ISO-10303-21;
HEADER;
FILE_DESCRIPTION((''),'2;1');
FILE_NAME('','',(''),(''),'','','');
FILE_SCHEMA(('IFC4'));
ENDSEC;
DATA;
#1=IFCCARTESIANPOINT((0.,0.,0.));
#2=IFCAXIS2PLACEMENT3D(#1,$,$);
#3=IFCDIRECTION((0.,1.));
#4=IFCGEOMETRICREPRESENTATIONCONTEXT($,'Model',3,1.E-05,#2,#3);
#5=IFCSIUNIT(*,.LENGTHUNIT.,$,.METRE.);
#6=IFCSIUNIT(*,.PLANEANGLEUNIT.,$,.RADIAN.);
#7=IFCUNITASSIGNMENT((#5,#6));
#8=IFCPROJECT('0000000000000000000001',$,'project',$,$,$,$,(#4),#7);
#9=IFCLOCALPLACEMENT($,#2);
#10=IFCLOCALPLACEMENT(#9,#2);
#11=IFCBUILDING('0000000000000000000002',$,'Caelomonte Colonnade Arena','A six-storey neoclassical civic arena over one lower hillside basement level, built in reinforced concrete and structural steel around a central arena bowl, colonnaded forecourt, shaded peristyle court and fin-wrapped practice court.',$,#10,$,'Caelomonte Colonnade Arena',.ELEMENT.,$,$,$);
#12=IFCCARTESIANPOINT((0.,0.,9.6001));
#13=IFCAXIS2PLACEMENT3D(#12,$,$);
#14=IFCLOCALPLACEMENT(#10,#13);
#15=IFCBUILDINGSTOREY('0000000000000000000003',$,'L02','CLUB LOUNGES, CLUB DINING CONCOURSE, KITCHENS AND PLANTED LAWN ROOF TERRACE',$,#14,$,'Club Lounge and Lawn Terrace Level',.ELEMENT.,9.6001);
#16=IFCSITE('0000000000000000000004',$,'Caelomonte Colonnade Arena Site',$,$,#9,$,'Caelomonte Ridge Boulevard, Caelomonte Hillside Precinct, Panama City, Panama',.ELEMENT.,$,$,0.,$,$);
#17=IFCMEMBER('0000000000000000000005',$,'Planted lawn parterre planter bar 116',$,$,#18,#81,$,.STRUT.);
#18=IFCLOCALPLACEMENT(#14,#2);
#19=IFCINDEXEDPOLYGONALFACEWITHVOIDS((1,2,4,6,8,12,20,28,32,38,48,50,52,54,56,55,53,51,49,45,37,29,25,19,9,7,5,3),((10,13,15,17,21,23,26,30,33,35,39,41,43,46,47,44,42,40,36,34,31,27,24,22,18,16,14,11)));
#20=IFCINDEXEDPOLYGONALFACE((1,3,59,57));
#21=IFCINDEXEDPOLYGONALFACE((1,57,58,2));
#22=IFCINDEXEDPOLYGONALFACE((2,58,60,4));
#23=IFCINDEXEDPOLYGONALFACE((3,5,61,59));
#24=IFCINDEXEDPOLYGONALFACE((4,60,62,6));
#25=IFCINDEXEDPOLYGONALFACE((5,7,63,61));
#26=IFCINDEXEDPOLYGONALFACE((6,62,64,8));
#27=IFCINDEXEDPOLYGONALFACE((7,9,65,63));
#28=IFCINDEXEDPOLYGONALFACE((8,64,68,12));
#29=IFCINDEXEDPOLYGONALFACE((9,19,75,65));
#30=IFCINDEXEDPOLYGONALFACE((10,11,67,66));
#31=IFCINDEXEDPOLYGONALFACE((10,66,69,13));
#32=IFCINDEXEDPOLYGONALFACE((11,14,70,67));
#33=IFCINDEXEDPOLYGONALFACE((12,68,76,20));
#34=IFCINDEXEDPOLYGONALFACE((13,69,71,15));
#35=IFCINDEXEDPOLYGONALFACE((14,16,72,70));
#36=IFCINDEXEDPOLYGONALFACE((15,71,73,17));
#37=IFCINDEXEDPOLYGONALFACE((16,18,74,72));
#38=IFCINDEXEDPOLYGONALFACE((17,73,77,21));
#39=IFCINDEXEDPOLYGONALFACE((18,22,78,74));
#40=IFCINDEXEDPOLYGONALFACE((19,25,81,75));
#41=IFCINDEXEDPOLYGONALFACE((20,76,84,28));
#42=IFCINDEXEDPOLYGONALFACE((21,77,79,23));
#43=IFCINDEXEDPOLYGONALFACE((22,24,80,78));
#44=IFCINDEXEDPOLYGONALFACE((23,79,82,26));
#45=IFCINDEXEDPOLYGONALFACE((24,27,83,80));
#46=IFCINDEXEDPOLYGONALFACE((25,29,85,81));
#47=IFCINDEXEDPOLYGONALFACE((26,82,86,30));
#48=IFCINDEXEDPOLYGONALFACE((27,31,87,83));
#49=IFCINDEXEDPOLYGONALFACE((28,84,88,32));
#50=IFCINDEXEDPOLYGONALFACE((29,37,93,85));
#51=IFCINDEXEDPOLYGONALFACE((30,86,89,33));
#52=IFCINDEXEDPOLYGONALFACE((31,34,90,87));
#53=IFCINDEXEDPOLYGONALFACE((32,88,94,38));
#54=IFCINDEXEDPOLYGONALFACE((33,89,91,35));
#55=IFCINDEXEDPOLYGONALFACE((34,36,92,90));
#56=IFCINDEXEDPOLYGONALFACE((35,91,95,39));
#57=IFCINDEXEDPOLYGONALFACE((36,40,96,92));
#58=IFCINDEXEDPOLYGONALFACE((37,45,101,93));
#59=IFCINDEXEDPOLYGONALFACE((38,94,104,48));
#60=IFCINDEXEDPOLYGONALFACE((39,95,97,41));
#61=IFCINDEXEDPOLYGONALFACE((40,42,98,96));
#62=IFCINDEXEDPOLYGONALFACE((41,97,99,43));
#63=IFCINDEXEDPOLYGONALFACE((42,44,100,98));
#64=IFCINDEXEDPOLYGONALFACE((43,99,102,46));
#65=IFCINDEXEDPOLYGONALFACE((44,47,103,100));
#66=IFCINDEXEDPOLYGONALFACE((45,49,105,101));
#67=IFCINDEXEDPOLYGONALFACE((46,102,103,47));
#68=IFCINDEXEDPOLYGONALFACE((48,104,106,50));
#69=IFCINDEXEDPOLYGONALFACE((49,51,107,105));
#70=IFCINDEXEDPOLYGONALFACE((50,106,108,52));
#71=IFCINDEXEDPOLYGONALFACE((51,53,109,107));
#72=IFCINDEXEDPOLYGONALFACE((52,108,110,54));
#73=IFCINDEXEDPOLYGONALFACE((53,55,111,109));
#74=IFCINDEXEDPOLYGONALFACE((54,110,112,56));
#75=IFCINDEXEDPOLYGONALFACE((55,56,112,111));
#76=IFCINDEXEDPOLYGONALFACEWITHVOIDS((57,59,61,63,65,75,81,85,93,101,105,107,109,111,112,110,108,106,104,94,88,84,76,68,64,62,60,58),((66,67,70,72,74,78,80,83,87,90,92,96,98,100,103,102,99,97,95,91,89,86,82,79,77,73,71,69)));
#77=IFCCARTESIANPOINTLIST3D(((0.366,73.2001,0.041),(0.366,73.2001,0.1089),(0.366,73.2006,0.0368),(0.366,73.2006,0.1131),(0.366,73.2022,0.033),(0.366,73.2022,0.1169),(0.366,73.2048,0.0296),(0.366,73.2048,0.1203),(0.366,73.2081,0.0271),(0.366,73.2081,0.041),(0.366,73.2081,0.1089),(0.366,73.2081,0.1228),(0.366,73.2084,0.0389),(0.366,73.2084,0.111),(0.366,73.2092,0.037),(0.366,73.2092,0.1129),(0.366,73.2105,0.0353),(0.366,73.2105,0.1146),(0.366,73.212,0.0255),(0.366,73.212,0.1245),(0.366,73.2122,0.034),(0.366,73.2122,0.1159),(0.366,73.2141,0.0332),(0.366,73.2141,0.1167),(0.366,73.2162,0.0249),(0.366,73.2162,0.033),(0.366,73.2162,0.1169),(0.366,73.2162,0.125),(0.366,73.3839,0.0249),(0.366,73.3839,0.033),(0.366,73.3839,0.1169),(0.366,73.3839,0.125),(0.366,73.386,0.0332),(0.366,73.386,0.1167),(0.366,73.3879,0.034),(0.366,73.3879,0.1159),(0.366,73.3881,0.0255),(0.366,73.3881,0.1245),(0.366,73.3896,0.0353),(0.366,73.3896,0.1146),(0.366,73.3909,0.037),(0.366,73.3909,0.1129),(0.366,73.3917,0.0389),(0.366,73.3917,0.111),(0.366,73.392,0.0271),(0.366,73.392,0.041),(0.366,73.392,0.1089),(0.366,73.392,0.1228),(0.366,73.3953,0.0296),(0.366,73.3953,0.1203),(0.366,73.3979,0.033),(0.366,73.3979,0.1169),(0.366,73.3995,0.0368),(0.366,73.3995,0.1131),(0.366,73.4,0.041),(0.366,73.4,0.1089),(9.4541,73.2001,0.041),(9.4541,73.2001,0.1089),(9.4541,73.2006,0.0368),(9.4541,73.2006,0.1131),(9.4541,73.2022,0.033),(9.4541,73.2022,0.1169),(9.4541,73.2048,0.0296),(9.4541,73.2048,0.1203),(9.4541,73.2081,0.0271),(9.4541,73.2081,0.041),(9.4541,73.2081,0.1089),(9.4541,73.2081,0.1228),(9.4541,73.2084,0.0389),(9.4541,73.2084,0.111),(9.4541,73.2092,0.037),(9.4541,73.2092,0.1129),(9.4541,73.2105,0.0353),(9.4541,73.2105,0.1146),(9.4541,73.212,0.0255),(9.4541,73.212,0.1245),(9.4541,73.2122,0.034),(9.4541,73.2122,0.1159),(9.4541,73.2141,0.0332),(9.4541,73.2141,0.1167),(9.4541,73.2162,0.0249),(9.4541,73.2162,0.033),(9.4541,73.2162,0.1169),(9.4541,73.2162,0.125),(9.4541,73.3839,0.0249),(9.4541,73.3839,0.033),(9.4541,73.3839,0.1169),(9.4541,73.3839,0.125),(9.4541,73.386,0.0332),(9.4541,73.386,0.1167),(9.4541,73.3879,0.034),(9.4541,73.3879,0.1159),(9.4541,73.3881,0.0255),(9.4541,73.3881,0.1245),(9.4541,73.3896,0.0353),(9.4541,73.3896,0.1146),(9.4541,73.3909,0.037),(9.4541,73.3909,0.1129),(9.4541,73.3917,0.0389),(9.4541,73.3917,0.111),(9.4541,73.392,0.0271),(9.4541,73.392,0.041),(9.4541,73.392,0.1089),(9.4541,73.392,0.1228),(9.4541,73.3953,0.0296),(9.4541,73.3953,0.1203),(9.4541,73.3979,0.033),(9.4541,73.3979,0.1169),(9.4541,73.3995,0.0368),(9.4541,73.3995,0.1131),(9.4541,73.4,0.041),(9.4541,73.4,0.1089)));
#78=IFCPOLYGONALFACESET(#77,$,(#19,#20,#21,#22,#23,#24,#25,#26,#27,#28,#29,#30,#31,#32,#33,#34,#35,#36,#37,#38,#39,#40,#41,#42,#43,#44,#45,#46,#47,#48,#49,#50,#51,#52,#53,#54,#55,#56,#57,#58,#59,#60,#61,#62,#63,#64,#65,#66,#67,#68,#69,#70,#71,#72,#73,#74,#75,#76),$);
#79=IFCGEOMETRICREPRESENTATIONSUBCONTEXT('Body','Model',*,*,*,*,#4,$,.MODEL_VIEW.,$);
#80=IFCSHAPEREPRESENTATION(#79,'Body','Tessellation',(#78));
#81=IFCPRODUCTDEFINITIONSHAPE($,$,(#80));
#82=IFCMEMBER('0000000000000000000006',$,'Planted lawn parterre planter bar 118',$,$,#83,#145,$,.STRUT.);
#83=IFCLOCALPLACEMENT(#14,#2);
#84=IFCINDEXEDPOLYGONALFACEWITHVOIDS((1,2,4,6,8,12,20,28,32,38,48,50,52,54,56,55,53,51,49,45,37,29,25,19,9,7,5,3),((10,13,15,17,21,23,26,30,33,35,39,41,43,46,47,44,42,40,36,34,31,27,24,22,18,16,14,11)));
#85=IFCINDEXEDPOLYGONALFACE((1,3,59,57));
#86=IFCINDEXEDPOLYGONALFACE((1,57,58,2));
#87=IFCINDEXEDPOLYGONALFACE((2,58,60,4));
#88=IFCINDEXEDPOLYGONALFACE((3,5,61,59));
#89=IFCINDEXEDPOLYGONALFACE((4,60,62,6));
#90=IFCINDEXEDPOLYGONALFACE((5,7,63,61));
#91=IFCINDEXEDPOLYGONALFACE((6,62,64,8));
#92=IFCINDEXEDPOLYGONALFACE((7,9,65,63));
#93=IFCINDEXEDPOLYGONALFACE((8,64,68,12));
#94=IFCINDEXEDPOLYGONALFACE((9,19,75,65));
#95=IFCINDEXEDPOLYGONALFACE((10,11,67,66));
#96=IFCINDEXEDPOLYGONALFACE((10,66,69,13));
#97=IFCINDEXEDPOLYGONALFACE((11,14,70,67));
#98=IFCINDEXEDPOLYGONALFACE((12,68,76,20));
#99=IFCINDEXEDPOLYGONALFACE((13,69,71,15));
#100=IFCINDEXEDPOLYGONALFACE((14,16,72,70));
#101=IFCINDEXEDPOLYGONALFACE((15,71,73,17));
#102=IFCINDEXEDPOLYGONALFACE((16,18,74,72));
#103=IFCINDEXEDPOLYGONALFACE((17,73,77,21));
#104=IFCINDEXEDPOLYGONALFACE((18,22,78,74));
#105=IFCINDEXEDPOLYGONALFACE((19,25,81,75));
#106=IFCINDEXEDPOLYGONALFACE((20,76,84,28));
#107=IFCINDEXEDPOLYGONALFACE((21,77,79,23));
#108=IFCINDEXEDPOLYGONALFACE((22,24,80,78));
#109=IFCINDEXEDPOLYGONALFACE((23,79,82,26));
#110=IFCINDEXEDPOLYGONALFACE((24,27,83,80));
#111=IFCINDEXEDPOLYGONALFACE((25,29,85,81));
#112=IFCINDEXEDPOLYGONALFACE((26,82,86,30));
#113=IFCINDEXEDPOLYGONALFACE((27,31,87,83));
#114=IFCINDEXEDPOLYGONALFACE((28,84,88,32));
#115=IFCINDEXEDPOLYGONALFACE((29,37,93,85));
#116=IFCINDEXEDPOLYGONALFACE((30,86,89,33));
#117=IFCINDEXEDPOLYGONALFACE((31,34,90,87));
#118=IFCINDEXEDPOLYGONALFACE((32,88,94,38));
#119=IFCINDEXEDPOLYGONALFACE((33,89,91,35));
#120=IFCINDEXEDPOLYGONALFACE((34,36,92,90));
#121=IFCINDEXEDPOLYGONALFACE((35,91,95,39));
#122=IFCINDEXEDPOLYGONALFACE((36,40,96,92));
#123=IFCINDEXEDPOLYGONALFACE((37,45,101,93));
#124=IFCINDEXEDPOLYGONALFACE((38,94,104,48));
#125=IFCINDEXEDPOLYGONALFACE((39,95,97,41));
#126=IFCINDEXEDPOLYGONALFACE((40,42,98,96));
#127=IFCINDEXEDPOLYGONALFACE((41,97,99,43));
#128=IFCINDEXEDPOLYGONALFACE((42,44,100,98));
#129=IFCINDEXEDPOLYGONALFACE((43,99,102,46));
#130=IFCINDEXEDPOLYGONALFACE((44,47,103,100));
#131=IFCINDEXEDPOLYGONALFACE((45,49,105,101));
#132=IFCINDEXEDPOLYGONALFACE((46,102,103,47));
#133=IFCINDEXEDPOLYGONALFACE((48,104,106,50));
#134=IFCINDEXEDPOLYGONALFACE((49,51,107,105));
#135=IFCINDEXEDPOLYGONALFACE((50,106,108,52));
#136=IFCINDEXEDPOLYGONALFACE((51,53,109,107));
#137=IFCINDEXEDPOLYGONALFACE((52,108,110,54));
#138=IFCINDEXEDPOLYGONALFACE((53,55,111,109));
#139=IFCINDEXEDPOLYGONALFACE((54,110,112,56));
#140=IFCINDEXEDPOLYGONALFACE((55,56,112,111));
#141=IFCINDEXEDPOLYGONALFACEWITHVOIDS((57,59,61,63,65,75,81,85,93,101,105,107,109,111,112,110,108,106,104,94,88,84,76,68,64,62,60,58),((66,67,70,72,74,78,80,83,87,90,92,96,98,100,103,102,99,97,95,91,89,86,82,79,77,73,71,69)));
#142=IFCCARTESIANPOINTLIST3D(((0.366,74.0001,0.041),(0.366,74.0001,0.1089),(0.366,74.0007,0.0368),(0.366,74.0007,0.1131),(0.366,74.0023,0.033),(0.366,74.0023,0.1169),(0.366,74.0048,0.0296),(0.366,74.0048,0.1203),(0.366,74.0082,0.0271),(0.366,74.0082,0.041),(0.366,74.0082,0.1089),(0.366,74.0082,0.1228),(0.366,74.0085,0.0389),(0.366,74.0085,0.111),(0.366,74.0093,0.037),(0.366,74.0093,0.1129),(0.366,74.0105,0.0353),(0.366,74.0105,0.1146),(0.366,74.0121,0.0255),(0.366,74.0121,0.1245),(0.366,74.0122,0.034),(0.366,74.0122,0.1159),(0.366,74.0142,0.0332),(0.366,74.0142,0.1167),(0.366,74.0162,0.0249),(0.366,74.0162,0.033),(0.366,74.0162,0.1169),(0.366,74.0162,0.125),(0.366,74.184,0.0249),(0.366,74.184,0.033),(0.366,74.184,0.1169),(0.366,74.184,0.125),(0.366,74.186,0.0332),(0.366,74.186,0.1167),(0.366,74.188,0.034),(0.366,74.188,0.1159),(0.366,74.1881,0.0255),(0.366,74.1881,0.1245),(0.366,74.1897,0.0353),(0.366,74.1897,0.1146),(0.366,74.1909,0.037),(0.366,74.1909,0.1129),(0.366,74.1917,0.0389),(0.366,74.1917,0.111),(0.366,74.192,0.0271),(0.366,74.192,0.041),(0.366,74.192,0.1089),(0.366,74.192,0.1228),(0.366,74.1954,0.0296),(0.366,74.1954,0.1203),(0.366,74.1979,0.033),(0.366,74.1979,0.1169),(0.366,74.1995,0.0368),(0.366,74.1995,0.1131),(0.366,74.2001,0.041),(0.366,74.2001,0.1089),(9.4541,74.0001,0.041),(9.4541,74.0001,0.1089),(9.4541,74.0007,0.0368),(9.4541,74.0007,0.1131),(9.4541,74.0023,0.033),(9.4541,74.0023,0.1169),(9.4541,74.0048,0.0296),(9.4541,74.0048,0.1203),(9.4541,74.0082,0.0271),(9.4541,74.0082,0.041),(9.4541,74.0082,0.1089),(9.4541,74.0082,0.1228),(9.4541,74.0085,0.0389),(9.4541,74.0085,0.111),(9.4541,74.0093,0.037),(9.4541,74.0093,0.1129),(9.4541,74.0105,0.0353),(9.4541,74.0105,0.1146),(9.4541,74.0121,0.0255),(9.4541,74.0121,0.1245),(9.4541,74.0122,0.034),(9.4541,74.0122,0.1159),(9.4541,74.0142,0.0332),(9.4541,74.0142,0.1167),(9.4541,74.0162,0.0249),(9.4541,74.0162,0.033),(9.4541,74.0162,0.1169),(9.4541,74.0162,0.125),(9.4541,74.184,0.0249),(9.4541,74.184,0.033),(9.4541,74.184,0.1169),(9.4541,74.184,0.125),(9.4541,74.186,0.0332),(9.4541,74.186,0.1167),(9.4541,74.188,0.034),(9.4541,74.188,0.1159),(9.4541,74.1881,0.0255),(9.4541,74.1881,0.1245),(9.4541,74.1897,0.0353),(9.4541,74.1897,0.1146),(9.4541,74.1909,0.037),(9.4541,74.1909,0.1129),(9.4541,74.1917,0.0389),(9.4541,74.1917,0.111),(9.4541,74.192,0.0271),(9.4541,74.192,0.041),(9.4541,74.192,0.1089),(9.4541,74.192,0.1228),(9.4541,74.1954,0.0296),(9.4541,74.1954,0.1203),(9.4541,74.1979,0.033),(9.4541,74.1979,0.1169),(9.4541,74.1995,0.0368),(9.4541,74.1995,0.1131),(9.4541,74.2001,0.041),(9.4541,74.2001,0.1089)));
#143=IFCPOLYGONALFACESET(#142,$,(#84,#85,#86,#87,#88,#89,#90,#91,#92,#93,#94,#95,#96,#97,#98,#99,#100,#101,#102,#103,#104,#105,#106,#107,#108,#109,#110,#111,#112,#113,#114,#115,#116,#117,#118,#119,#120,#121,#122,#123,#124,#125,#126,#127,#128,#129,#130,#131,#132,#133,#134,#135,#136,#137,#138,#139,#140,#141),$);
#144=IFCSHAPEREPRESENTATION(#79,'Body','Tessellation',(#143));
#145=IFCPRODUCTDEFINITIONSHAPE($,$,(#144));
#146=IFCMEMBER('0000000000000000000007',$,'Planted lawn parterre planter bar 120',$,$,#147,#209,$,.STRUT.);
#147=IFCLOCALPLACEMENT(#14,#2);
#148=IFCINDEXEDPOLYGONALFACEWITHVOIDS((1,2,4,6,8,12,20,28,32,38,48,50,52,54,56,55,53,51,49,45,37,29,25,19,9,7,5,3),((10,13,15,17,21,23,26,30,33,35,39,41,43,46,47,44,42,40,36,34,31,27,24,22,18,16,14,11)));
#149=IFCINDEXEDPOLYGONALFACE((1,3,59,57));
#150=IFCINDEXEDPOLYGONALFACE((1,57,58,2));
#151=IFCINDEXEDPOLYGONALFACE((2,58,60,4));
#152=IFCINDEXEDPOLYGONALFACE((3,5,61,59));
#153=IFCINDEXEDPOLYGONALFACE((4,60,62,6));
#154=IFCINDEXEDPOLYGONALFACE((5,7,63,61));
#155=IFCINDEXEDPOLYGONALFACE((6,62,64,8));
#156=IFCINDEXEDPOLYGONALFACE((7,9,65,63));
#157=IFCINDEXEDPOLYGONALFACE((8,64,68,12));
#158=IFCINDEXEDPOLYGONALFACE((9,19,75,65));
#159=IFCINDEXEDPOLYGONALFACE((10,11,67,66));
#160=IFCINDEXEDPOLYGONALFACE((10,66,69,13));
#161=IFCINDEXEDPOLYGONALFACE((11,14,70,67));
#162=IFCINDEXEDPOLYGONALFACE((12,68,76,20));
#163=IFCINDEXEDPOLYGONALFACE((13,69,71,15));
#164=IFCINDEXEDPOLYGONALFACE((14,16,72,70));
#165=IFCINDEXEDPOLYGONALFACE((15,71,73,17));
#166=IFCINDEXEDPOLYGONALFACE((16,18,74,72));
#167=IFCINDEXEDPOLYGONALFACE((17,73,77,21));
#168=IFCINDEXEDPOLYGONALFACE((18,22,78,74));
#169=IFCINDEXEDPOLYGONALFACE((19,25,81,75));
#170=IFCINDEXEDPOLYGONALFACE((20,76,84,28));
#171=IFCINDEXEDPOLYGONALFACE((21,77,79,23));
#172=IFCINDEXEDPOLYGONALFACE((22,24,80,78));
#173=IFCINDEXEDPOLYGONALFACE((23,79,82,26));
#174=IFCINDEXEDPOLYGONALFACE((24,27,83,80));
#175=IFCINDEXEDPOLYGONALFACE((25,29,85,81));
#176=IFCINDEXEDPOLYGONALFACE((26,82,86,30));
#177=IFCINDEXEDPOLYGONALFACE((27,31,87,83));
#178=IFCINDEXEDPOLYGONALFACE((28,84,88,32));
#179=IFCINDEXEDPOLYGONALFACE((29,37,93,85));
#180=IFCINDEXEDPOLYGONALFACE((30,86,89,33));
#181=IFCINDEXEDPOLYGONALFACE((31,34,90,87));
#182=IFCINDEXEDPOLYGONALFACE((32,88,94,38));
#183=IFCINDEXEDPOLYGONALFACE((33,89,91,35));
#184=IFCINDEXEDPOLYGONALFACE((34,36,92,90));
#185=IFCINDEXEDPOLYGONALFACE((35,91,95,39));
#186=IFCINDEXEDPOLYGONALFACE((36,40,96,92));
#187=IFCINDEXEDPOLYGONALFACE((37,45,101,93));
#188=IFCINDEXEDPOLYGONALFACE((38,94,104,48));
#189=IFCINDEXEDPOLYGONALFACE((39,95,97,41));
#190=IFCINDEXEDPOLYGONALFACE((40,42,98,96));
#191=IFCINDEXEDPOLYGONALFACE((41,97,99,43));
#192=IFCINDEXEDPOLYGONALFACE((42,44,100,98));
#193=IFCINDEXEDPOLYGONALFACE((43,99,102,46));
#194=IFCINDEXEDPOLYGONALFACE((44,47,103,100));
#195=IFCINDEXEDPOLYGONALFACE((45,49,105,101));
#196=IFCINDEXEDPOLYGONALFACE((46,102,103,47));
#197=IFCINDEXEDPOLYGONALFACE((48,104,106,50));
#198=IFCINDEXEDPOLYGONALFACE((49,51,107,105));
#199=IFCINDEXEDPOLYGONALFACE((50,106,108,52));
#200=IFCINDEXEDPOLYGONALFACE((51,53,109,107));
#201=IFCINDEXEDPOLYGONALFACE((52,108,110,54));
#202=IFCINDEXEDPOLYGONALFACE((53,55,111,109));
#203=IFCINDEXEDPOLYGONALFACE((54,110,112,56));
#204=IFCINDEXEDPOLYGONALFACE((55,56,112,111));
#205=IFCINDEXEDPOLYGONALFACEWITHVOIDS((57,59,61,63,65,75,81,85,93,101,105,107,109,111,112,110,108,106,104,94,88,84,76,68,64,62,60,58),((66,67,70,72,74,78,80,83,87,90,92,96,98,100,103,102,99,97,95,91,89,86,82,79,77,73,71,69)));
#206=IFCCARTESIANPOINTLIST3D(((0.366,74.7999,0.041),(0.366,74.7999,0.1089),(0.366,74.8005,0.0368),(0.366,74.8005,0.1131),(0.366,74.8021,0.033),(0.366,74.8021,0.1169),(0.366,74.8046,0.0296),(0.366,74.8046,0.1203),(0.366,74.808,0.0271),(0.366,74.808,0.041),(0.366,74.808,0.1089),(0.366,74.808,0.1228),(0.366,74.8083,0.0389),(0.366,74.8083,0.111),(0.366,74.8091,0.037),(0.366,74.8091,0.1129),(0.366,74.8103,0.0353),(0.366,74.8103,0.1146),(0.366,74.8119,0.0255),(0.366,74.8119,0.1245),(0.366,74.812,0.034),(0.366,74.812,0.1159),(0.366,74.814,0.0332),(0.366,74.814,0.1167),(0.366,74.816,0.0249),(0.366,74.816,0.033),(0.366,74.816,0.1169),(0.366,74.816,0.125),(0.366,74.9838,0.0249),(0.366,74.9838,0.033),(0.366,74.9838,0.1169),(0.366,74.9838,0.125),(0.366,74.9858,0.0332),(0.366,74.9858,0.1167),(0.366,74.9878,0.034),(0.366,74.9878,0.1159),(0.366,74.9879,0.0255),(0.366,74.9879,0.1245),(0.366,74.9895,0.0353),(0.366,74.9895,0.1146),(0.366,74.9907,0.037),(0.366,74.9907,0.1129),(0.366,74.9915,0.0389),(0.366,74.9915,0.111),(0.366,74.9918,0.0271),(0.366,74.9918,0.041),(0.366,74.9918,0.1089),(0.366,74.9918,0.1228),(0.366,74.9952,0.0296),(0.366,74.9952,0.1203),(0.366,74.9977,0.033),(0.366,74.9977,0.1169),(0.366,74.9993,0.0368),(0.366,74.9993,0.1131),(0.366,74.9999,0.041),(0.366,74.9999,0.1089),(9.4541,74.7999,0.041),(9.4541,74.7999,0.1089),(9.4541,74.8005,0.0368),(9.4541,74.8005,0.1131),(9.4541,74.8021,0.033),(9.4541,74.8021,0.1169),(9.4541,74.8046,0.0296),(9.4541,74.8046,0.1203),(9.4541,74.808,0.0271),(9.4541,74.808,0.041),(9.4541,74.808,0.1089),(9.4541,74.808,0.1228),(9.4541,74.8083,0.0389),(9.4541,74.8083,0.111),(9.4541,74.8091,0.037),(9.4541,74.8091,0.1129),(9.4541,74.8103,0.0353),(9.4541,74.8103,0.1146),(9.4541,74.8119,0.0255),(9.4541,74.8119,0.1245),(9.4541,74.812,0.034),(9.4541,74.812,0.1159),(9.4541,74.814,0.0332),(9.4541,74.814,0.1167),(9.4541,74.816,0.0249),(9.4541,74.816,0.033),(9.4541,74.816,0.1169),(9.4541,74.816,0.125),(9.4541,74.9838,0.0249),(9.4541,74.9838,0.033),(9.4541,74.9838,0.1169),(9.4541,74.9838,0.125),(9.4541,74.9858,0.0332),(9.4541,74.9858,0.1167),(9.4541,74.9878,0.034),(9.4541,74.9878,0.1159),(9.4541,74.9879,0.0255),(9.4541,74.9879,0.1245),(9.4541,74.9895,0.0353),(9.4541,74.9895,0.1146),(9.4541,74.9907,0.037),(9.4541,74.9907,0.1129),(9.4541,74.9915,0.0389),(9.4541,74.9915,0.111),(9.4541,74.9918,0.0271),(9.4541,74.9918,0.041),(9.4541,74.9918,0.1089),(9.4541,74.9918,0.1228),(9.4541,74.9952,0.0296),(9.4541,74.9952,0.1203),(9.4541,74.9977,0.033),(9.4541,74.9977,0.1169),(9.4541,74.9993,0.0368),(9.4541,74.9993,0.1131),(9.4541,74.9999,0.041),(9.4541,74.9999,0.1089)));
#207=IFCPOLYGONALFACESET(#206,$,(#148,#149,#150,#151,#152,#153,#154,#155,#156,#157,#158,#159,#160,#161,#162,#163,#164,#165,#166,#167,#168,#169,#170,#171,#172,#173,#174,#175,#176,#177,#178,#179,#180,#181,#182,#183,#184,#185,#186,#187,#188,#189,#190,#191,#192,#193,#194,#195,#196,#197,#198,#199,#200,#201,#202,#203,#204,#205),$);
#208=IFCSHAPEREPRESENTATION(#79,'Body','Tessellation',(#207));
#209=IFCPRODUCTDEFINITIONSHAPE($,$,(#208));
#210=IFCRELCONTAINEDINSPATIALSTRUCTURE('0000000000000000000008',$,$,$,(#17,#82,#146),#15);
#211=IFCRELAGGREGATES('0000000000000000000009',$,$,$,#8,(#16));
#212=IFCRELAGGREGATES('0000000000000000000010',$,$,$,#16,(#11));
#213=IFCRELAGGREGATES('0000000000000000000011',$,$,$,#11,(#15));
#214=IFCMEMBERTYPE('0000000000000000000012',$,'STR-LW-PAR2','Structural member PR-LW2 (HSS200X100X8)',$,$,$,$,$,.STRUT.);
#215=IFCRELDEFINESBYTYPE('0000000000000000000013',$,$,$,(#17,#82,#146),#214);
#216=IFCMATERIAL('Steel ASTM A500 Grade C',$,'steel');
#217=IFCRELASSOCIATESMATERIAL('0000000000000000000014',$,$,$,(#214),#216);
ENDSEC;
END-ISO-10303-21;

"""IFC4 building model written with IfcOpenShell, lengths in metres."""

from ifc_helpers import new_model, si_unit, direction, frame, origin, origin_2d, place, context, subcontext, project, spatial, hollow_rectangle, extrude, material, material_profile, profile_set, type_object, element, save


model = new_model("IFC4")

# Units and contexts
model_context = context("Model", 3, precision=1e-05, world=origin(), true_north=direction((0.0, 1.0)))
body_context = subcontext(model_context, "Body", "Model", "MODEL_VIEW")
ifc_project = project(units=[si_unit("LENGTHUNIT", "METRE"), si_unit("PLANEANGLEUNIT", "RADIAN")], contexts=[model_context])

# Site, building, storey
site_placement = place(None, origin())
site = spatial("IfcSite", under=ifc_project, at=site_placement, Name="Caelomonte Colonnade Arena Site", LongName="Caelomonte Ridge Boulevard, Caelomonte Hillside Precinct, Panama City, Panama", CompositionType="ELEMENT", RefElevation=0.0)
building_placement = place(site_placement, origin())
building = spatial("IfcBuilding", under=site, at=building_placement, Name="Caelomonte Colonnade Arena", Description="A six-storey neoclassical civic arena over one lower hillside basement level, built in reinforced concrete and structural steel around a central arena bowl, colonnaded forecourt, shaded peristyle court and fin-wrapped practice court.", LongName="Caelomonte Colonnade Arena", CompositionType="ELEMENT")
storey_placement = place(building_placement, frame((0.0, 0.0, 9.6001)))
storey = spatial("IfcBuildingStorey", under=building, at=storey_placement, Name="L02", Description="CLUB LOUNGES, CLUB DINING CONCOURSE, KITCHENS AND PLANTED LAWN ROOF TERRACE", LongName="Club Lounge and Lawn Terrace Level", CompositionType="ELEMENT", Elevation=9.6001)

# Members
ifc_material_1 = material(Name="Steel ASTM A500 Grade C", Category="steel")
ifc_material_profile_1 = material_profile(ifc_material_1, hollow_rectangle(XDim=0.2, YDim=0.1001, WallThickness=0.0081, InnerFilletRadius=0.0081, OuterFilletRadius=0.0161, at=origin_2d()), Name="HSS200X100X8")
ifc_profile_set_1 = profile_set([ifc_material_profile_1], Name="Steel ASTM A500 Grade C")
member_type = type_object("IfcMemberType", Name="STR-LW-PAR2", Description="Structural member PR-LW2 (HSS200X100X8)", PredefinedType="STRUT", material=ifc_profile_set_1)
for number, where, z_axis, x_axis, name in (
    (1, (0.366, 73.3, 0.075), (1.0, 0.0, 0.0), (0.0, 1.0, 0.0), "Planted lawn parterre planter bar 116"),
    (2, (0.366, 74.1001, 0.075), (1.0, 0.0, 0.0), (0.0, 1.0, 0.0), "Planted lawn parterre planter bar 118"),
    (3, (0.366, 74.8999, 0.075), (1.0, 0.0, 0.0), (0.0, 1.0, 0.0), "Planted lawn parterre planter bar 120"),
):
    element("IfcMember", number, at=place(storey_placement, frame(where, z_axis=z_axis, x_axis=x_axis)), inside=storey, type_object=member_type, Name=name, PredefinedType="STRUT", context=body_context, shape_type="SweptSolid", body=[
        extrude(hollow_rectangle(XDim=0.2, YDim=0.1001, WallThickness=0.0081, InnerFilletRadius=0.0081, OuterFilletRadius=0.0161, at=origin_2d()), origin(), (0.0, 0.0, 1.0), 9.0881),
    ])

save(model, "model.ifc")
